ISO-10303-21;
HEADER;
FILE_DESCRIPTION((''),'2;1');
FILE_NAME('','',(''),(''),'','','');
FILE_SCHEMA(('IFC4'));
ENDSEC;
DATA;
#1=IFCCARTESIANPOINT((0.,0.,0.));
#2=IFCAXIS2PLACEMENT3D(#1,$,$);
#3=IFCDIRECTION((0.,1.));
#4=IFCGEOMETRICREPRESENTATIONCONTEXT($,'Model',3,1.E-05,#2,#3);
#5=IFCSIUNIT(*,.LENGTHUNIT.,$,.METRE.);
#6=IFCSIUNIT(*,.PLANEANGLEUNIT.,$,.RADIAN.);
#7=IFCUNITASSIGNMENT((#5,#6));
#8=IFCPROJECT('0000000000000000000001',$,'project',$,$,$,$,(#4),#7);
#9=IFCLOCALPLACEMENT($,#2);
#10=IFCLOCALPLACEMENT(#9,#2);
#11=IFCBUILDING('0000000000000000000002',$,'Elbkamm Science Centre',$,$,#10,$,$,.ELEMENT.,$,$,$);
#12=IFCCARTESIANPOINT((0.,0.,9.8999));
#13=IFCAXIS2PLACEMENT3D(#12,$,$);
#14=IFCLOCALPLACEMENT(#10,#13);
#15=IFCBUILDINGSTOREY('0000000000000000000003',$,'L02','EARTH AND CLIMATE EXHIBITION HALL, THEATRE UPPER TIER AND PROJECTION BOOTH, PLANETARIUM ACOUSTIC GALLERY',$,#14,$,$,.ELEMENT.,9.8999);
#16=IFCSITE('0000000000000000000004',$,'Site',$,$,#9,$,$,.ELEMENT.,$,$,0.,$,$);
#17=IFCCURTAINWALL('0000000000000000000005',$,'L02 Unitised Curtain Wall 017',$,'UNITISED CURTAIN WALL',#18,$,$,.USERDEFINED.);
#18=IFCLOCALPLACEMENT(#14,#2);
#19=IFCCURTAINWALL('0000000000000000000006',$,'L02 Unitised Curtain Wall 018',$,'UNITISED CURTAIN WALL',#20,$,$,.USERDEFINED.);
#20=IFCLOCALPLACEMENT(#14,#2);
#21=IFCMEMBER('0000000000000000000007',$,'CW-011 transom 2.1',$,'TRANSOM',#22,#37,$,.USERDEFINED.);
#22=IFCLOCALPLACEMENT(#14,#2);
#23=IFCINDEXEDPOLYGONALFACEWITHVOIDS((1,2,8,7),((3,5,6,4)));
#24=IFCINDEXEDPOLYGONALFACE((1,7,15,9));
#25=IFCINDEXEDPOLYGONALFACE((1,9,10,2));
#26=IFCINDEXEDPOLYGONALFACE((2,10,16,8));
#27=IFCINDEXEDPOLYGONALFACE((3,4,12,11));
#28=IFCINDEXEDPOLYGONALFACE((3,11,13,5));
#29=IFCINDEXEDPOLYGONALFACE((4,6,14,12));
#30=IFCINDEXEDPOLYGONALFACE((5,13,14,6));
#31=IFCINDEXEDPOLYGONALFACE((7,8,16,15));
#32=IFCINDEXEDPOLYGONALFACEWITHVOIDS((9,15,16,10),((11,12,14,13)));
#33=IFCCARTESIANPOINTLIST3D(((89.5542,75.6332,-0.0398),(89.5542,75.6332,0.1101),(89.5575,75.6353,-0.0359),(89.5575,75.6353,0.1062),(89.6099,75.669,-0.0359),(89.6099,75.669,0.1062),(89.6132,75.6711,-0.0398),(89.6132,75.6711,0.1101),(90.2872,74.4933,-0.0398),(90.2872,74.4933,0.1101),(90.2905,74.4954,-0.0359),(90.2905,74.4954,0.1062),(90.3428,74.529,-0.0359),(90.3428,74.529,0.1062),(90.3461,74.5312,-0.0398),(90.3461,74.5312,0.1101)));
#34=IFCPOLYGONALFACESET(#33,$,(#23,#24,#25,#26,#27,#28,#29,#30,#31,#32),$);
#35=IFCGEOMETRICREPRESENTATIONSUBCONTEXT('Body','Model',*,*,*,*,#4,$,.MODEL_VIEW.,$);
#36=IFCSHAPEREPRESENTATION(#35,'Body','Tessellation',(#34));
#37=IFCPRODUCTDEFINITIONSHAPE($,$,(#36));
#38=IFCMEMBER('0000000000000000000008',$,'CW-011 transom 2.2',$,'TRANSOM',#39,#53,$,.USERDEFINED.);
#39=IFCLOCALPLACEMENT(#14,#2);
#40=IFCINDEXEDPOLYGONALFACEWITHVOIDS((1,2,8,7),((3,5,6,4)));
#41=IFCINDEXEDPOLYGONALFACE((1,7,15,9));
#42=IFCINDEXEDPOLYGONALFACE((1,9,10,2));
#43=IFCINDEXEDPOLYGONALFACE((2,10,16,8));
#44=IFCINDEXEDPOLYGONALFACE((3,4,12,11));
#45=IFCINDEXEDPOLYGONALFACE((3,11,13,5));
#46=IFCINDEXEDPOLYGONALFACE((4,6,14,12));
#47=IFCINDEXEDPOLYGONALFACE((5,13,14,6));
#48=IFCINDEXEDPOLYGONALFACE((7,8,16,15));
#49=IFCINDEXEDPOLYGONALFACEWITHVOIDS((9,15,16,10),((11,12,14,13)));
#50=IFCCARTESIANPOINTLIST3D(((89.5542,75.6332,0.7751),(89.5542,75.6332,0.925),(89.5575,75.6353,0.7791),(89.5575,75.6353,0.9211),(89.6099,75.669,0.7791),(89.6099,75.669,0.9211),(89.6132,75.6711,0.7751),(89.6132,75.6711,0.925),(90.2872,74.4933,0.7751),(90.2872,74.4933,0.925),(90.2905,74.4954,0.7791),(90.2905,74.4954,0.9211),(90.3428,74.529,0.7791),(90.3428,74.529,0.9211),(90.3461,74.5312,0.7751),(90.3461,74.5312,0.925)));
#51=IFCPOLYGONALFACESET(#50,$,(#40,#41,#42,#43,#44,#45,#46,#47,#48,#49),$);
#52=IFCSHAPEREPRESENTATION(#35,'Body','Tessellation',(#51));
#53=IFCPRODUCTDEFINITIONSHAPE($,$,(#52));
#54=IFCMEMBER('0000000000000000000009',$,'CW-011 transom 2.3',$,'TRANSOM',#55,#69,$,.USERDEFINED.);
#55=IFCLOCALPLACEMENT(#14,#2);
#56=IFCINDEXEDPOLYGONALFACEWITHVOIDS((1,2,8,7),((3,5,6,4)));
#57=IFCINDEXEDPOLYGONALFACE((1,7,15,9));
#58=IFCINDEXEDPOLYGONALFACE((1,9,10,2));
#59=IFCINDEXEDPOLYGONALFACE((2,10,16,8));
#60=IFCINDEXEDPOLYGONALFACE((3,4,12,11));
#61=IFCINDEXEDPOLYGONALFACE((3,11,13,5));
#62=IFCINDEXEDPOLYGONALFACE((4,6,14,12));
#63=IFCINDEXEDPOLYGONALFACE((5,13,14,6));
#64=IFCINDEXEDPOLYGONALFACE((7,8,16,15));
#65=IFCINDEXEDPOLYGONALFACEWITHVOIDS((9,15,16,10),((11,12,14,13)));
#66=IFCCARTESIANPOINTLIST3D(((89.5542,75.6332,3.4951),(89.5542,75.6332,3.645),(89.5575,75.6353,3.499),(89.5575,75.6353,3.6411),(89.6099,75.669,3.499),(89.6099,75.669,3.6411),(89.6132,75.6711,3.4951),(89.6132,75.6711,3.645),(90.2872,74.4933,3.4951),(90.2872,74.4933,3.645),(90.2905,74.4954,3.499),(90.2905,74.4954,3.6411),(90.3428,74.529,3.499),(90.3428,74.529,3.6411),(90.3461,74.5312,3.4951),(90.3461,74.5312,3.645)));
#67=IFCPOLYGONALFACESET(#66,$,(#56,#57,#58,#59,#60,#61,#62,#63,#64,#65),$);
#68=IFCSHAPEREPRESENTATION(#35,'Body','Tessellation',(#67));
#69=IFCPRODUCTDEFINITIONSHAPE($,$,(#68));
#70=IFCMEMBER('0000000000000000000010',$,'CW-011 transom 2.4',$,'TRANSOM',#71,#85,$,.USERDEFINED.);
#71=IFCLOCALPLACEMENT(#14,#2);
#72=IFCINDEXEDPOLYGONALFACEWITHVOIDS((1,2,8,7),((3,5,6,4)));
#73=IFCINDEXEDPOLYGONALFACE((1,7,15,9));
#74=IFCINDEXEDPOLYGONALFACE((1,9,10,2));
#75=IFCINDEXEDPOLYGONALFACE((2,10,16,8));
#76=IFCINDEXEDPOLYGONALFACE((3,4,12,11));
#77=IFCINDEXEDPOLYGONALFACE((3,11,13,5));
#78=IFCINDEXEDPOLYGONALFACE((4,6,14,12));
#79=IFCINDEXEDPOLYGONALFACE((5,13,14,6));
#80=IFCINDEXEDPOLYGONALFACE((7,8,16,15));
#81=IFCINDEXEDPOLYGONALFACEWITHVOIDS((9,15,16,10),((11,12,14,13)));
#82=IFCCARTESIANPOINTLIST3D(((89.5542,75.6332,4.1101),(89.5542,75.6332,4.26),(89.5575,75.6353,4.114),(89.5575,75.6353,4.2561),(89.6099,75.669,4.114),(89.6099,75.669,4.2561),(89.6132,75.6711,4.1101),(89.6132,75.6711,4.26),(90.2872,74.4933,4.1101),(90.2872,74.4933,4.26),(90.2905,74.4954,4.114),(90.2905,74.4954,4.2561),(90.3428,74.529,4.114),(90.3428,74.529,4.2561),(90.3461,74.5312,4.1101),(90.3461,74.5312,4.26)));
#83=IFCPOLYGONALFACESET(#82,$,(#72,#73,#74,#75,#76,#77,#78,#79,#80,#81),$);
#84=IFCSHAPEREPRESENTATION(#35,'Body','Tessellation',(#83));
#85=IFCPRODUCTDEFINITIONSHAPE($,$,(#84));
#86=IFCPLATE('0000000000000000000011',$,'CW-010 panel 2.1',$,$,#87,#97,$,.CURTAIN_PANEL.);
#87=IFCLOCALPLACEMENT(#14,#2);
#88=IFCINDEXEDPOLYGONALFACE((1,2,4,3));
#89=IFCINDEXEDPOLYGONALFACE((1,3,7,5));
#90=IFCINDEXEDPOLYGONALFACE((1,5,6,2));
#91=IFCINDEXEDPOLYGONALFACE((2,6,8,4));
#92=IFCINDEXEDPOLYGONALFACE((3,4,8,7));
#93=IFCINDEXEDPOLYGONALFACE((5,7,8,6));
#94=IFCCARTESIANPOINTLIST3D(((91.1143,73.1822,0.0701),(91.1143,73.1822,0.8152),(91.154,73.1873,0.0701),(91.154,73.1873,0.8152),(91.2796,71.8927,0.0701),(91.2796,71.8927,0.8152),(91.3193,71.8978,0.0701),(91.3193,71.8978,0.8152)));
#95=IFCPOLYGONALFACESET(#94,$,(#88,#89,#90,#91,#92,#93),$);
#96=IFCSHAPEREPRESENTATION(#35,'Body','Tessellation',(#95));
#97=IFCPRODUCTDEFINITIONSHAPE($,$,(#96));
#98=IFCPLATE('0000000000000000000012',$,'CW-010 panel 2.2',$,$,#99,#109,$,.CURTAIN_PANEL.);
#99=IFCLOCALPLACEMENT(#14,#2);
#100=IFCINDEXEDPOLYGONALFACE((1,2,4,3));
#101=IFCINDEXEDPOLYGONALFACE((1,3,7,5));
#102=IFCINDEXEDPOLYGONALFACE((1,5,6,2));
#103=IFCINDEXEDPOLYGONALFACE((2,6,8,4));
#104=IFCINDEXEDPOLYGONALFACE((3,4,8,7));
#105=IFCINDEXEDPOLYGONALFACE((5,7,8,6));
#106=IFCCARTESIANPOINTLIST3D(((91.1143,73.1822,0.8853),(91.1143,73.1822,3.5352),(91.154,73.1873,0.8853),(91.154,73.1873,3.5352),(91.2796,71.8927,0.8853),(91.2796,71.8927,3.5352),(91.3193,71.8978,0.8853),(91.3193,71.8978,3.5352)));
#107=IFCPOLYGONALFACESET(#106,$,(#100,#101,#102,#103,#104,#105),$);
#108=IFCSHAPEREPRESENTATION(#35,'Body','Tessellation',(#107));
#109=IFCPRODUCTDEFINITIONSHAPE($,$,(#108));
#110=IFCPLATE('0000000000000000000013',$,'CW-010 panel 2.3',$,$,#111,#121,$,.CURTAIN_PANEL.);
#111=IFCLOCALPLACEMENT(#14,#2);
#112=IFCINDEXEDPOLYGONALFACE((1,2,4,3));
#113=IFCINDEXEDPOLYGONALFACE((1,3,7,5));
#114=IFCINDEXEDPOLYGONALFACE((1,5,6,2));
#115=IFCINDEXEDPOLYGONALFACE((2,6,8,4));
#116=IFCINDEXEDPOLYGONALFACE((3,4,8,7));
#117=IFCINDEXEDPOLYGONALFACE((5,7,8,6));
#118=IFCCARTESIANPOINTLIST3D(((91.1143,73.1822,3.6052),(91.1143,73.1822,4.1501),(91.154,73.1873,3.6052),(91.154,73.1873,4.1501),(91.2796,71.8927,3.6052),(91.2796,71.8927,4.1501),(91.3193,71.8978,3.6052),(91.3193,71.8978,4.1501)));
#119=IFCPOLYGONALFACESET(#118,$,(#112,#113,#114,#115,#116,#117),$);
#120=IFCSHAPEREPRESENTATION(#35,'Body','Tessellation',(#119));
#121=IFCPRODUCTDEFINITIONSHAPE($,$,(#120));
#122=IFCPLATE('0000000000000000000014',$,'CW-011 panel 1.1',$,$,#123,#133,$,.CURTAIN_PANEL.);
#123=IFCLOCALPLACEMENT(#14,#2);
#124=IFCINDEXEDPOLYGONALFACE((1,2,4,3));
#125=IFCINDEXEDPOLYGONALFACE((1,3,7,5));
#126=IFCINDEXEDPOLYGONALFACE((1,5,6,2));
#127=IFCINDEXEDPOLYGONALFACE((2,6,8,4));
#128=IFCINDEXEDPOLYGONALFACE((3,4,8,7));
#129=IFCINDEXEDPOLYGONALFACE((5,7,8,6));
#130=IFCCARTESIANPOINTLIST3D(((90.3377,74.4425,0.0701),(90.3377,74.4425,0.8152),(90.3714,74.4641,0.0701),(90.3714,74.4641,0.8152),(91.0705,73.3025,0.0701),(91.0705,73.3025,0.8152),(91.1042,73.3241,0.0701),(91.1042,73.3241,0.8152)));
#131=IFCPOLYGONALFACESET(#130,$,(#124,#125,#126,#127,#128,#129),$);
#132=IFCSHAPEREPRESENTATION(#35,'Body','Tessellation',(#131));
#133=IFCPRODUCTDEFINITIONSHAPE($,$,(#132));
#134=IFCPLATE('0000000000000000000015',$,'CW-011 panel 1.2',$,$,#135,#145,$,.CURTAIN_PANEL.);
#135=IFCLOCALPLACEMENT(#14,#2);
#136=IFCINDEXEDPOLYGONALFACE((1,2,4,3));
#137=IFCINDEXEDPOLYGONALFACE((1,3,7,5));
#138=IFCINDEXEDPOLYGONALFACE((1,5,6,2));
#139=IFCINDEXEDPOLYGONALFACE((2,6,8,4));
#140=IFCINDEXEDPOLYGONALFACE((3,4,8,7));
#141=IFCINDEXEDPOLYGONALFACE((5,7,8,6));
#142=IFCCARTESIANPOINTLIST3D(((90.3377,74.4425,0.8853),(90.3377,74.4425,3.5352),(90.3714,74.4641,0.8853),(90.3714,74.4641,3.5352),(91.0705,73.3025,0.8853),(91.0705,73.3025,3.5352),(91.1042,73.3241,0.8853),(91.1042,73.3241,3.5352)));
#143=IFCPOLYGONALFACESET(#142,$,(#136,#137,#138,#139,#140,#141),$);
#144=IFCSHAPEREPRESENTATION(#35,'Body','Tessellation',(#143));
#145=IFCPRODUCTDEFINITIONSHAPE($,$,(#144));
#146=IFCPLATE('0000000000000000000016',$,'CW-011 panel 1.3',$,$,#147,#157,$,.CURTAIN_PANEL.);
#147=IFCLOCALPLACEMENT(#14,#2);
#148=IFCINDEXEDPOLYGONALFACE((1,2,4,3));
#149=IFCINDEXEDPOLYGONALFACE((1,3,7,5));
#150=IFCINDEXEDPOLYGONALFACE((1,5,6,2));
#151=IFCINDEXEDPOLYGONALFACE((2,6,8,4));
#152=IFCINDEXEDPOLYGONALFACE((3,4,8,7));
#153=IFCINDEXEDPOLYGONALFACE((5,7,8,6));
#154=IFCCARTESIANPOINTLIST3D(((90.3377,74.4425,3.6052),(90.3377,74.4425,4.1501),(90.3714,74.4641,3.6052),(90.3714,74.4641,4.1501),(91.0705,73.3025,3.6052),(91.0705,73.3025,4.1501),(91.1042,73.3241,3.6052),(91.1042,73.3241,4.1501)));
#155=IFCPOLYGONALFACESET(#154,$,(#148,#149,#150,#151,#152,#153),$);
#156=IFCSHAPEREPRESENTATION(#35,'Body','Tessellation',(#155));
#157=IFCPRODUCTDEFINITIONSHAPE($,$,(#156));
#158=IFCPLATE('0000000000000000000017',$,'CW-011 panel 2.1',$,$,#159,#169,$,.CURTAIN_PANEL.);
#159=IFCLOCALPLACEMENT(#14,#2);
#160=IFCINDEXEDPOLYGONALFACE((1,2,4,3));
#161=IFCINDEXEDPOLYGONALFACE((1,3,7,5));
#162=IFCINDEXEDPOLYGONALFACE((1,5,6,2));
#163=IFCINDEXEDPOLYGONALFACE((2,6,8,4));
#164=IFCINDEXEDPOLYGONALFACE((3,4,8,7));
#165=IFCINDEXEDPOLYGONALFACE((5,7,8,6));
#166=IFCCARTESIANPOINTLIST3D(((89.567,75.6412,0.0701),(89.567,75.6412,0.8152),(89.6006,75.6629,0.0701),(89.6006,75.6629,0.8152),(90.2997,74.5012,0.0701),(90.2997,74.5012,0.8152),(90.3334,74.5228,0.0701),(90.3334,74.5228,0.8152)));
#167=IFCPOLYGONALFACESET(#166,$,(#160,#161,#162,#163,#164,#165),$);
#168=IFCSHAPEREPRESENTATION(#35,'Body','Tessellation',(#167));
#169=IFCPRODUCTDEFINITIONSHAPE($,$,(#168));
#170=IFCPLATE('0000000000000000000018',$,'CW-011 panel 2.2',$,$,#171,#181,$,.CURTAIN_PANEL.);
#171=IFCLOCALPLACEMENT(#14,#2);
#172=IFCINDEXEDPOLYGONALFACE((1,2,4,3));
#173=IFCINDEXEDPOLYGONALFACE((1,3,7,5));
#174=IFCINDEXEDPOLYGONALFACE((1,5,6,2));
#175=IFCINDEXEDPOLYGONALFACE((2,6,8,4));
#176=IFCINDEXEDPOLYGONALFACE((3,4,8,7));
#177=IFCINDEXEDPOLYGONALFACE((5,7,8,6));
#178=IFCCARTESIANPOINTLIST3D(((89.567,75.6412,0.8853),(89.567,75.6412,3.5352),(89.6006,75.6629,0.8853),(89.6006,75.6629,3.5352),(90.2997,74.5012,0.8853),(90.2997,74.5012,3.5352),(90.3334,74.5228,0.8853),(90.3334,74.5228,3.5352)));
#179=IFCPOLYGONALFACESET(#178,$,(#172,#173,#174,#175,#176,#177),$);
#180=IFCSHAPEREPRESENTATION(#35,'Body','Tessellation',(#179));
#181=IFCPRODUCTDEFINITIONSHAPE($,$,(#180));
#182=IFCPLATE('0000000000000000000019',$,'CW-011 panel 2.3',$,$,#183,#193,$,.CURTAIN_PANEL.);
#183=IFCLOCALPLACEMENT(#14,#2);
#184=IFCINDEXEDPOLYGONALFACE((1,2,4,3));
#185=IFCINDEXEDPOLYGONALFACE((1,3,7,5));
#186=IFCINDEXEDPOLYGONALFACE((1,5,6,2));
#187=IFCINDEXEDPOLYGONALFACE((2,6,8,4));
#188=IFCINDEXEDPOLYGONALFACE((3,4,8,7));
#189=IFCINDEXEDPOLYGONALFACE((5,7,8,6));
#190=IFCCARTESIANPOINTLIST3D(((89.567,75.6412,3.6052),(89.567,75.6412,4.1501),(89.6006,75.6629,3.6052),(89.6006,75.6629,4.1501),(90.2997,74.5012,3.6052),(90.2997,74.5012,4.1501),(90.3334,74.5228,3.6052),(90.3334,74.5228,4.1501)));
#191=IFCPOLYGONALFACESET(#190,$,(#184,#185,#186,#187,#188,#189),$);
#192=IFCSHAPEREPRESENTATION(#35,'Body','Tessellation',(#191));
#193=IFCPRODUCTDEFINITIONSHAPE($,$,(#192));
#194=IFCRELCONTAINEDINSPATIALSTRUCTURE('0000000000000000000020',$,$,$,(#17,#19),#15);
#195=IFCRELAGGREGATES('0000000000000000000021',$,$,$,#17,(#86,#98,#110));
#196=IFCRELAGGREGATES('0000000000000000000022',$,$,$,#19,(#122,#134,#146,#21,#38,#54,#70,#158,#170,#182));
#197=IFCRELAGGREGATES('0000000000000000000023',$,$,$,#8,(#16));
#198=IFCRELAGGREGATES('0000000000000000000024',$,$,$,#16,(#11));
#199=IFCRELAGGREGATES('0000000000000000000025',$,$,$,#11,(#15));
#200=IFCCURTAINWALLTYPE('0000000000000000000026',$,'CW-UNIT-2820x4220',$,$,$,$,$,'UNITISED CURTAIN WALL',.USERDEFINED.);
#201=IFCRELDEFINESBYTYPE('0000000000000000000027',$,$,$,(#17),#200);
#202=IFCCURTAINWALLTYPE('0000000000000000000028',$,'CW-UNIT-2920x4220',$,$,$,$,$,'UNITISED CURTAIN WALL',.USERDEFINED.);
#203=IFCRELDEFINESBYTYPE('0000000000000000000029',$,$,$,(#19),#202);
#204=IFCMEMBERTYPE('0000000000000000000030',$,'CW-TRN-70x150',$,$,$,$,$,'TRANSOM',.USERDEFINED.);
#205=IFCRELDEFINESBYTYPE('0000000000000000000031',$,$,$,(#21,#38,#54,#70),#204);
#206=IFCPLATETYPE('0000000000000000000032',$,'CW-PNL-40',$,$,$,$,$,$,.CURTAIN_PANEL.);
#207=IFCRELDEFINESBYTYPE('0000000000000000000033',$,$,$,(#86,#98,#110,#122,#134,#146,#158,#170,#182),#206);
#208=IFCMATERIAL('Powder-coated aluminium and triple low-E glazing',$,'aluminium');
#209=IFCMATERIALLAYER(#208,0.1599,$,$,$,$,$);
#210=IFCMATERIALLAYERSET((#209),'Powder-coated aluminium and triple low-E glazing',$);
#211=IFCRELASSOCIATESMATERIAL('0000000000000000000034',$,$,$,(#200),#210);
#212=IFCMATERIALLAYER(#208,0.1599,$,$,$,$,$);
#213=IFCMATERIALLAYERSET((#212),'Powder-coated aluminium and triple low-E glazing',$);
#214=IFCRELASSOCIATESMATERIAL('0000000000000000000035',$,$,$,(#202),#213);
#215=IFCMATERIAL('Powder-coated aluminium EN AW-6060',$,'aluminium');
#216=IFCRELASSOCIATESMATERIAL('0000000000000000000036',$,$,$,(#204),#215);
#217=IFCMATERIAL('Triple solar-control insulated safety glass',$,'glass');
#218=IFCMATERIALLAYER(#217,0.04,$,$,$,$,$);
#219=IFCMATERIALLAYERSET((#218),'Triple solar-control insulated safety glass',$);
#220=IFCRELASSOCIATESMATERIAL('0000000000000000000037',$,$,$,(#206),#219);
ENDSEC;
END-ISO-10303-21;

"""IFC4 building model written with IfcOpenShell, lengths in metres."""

from ifc_helpers import new_model, si_unit, direction, frame, origin, origin_2d, place, context, subcontext, project, spatial, rectangle, hollow_rectangle, extrude, material, layer, layer_set, material_profile, profile_set, type_object, element, aggregate, save


model = new_model("IFC4")

# Units and contexts
model_context = context("Model", 3, precision=1e-05, world=origin(), true_north=direction((0.0, 1.0)))
body_context = subcontext(model_context, "Body", "Model", "MODEL_VIEW")
ifc_project = project(units=[si_unit("LENGTHUNIT", "METRE"), si_unit("PLANEANGLEUNIT", "RADIAN")], contexts=[model_context])

# Site, building, storey
site_placement = place(None, origin())
site = spatial("IfcSite", under=ifc_project, at=site_placement, Name="Site", CompositionType="ELEMENT", RefElevation=0.0)
building_placement = place(site_placement, origin())
building = spatial("IfcBuilding", under=site, at=building_placement, Name="Elbkamm Science Centre", CompositionType="ELEMENT")
storey_placement = place(building_placement, frame((0.0, 0.0, 9.8999)))
storey = spatial("IfcBuildingStorey", under=building, at=storey_placement, Name="L02", Description="EARTH AND CLIMATE EXHIBITION HALL, THEATRE UPPER TIER AND PROJECTION BOOTH, PLANETARIUM ACOUSTIC GALLERY", CompositionType="ELEMENT", Elevation=9.8999)

# Curtain wall
ifc_material_1 = material(Name="Powder-coated aluminium and triple low-E glazing", Category="aluminium")
ifc_layer_1 = layer(ifc_material_1, 0.1599)
ifc_layer_set_1 = layer_set([ifc_layer_1], Name="Powder-coated aluminium and triple low-E glazing")
curtain_wall_type_1 = type_object("IfcCurtainWallType", Name="CW-UNIT-2820x4220", ElementType="UNITISED CURTAIN WALL", PredefinedType="USERDEFINED", material=ifc_layer_set_1)
curtain_wall_1_placement = place(storey_placement, origin())
curtain_wall_1 = element("IfcCurtainWall", 1, at=curtain_wall_1_placement, inside=storey, type_object=curtain_wall_type_1, Name="L02 Unitised Curtain Wall 017", ObjectType="UNITISED CURTAIN WALL", PredefinedType="USERDEFINED")
ifc_material_2 = material(Name="Powder-coated aluminium EN AW-6060", Category="aluminium")

# Curtain wall
ifc_layer_2 = layer(ifc_material_1, 0.1599)
ifc_layer_set_2 = layer_set([ifc_layer_2], Name="Powder-coated aluminium and triple low-E glazing")
curtain_wall_type_2 = type_object("IfcCurtainWallType", Name="CW-UNIT-2920x4220", ElementType="UNITISED CURTAIN WALL", PredefinedType="USERDEFINED", material=ifc_layer_set_2)
curtain_wall_2_placement = place(storey_placement, origin())
curtain_wall_2 = element("IfcCurtainWall", 2, at=curtain_wall_2_placement, inside=storey, type_object=curtain_wall_type_2, Name="L02 Unitised Curtain Wall 018", ObjectType="UNITISED CURTAIN WALL", PredefinedType="USERDEFINED")

# Members
ifc_material_profile_1 = material_profile(ifc_material_2, hollow_rectangle(XDim=0.0701, YDim=0.1499, WallThickness=0.0039, at=origin_2d()), Name="ALU T70x150")
ifc_profile_set_1 = profile_set([ifc_material_profile_1], Name="Powder-coated aluminium EN AW-6060")
member_type_1 = type_object("IfcMemberType", Name="CW-TRN-70x150", ElementType="TRANSOM", PredefinedType="USERDEFINED", material=ifc_profile_set_1)
member_1_placement = place(storey_placement, frame((90.3167, 74.5122, 0.0352), z_axis=(-0.540821, 0.841137, 0.0), x_axis=(-0.841137, -0.540821, 0.0)))
member_1 = element("IfcMember", 3, at=member_1_placement, type_object=member_type_1, Name="CW-011 transom 2.1", ObjectType="TRANSOM", PredefinedType="USERDEFINED", context=body_context, shape_type="SweptSolid", body=[
    extrude(hollow_rectangle(XDim=0.0701, YDim=0.1499, WallThickness=0.0039, at=origin_2d()), origin(), (0.0, 0.0, 1.0), 1.3552),
])
member_2_placement = place(storey_placement, frame((90.3167, 74.5122, 0.8501), z_axis=(-0.540821, 0.841137, 0.0), x_axis=(-0.841137, -0.540821, 0.0)))
member_2 = element("IfcMember", 4, at=member_2_placement, type_object=member_type_1, Name="CW-011 transom 2.2", ObjectType="TRANSOM", PredefinedType="USERDEFINED", context=body_context, shape_type="SweptSolid", body=[
    extrude(hollow_rectangle(XDim=0.0701, YDim=0.1499, WallThickness=0.0039, at=origin_2d()), origin(), (0.0, 0.0, 1.0), 1.3552),
])
member_3_placement = place(storey_placement, frame((90.3167, 74.5122, 3.5701), z_axis=(-0.540821, 0.841137, 0.0), x_axis=(-0.841137, -0.540821, 0.0)))
member_3 = element("IfcMember", 5, at=member_3_placement, type_object=member_type_1, Name="CW-011 transom 2.3", ObjectType="TRANSOM", PredefinedType="USERDEFINED", context=body_context, shape_type="SweptSolid", body=[
    extrude(hollow_rectangle(XDim=0.0701, YDim=0.1499, WallThickness=0.0039, at=origin_2d()), origin(), (0.0, 0.0, 1.0), 1.3552),
])
member_4_placement = place(storey_placement, frame((90.3167, 74.5122, 4.1851), z_axis=(-0.540821, 0.841137, 0.0), x_axis=(-0.841137, -0.540821, 0.0)))
member_4 = element("IfcMember", 6, at=member_4_placement, type_object=member_type_1, Name="CW-011 transom 2.4", ObjectType="TRANSOM", PredefinedType="USERDEFINED", context=body_context, shape_type="SweptSolid", body=[
    extrude(hollow_rectangle(XDim=0.0701, YDim=0.1499, WallThickness=0.0039, at=origin_2d()), origin(), (0.0, 0.0, 1.0), 1.3552),
])

# Plates
ifc_material_3 = material(Name="Triple solar-control insulated safety glass", Category="glass")
ifc_layer_3 = layer(ifc_material_3, 0.04)
ifc_layer_set_3 = layer_set([ifc_layer_3], Name="Triple solar-control insulated safety glass")
plate_type = type_object("IfcPlateType", Name="CW-PNL-40", PredefinedType="CURTAIN_PANEL", material=ifc_layer_set_3)
plate_1_placement = place(storey_placement, frame((91.2168, 72.54, 0.0701), z_axis=(0.0, 0.0, 1.0), x_axis=(-0.127174, 0.99188, 0.0)))
plate_1 = element("IfcPlate", 7, at=plate_1_placement, type_object=plate_type, Name="CW-010 panel 2.1", PredefinedType="CURTAIN_PANEL", context=body_context, shape_type="SweptSolid", body=[
    extrude(rectangle(XDim=1.3, YDim=0.04, at=origin_2d()), origin(), (0.0, 0.0, 1.0), 0.7451),
])
plate_2_placement = place(storey_placement, frame((91.2168, 72.54, 0.8853), z_axis=(0.0, 0.0, 1.0), x_axis=(-0.127174, 0.99188, 0.0)))
plate_2 = element("IfcPlate", 8, at=plate_2_placement, type_object=plate_type, Name="CW-010 panel 2.2", PredefinedType="CURTAIN_PANEL", context=body_context, shape_type="SweptSolid", body=[
    extrude(rectangle(XDim=1.3, YDim=0.04, at=origin_2d()), origin(), (0.0, 0.0, 1.0), 2.6499),
])
plate_3_placement = place(storey_placement, frame((91.2168, 72.54, 3.6052), z_axis=(0.0, 0.0, 1.0), x_axis=(-0.127174, 0.99188, 0.0)))
plate_3 = element("IfcPlate", 9, at=plate_3_placement, type_object=plate_type, Name="CW-010 panel 2.3", PredefinedType="CURTAIN_PANEL", context=body_context, shape_type="SweptSolid", body=[
    extrude(rectangle(XDim=1.3, YDim=0.04, at=origin_2d()), origin(), (0.0, 0.0, 1.0), 0.5449),
])
aggregate(curtain_wall_1, [plate_1, plate_2, plate_3])
plate_4_placement = place(storey_placement, frame((90.7209, 73.8833, 0.0701), z_axis=(0.0, 0.0, 1.0), x_axis=(-0.540707, 0.841211, 0.0)))
plate_4 = element("IfcPlate", 10, at=plate_4_placement, type_object=plate_type, Name="CW-011 panel 1.1", PredefinedType="CURTAIN_PANEL", context=body_context, shape_type="SweptSolid", body=[
    extrude(rectangle(XDim=1.3552, YDim=0.04, at=origin_2d()), origin(), (0.0, 0.0, 1.0), 0.7451),
])
plate_5_placement = place(storey_placement, frame((90.7209, 73.8833, 0.8853), z_axis=(0.0, 0.0, 1.0), x_axis=(-0.540707, 0.841211, 0.0)))
plate_5 = element("IfcPlate", 11, at=plate_5_placement, type_object=plate_type, Name="CW-011 panel 1.2", PredefinedType="CURTAIN_PANEL", context=body_context, shape_type="SweptSolid", body=[
    extrude(rectangle(XDim=1.3552, YDim=0.04, at=origin_2d()), origin(), (0.0, 0.0, 1.0), 2.6499),
])
plate_6_placement = place(storey_placement, frame((90.7209, 73.8833, 3.6052), z_axis=(0.0, 0.0, 1.0), x_axis=(-0.540707, 0.841211, 0.0)))
plate_6 = element("IfcPlate", 12, at=plate_6_placement, type_object=plate_type, Name="CW-011 panel 1.3", PredefinedType="CURTAIN_PANEL", context=body_context, shape_type="SweptSolid", body=[
    extrude(rectangle(XDim=1.3552, YDim=0.04, at=origin_2d()), origin(), (0.0, 0.0, 1.0), 0.5449),
])
plate_7_placement = place(storey_placement, frame((89.9502, 75.082, 0.0701), z_axis=(0.0, 0.0, 1.0), x_axis=(-0.540707, 0.841211, 0.0)))
plate_7 = element("IfcPlate", 13, at=plate_7_placement, type_object=plate_type, Name="CW-011 panel 2.1", PredefinedType="CURTAIN_PANEL", context=body_context, shape_type="SweptSolid", body=[
    extrude(rectangle(XDim=1.3552, YDim=0.04, at=origin_2d()), origin(), (0.0, 0.0, 1.0), 0.7451),
])
plate_8_placement = place(storey_placement, frame((89.9502, 75.082, 0.8853), z_axis=(0.0, 0.0, 1.0), x_axis=(-0.540707, 0.841211, 0.0)))
plate_8 = element("IfcPlate", 14, at=plate_8_placement, type_object=plate_type, Name="CW-011 panel 2.2", PredefinedType="CURTAIN_PANEL", context=body_context, shape_type="SweptSolid", body=[
    extrude(rectangle(XDim=1.3552, YDim=0.04, at=origin_2d()), origin(), (0.0, 0.0, 1.0), 2.6499),
])
plate_9_placement = place(storey_placement, frame((89.9502, 75.082, 3.6052), z_axis=(0.0, 0.0, 1.0), x_axis=(-0.540707, 0.841211, 0.0)))
plate_9 = element("IfcPlate", 15, at=plate_9_placement, type_object=plate_type, Name="CW-011 panel 2.3", PredefinedType="CURTAIN_PANEL", context=body_context, shape_type="SweptSolid", body=[
    extrude(rectangle(XDim=1.3552, YDim=0.04, at=origin_2d()), origin(), (0.0, 0.0, 1.0), 0.5449),
])
aggregate(curtain_wall_2, [plate_4, plate_5, plate_6, member_1, member_2, member_3, member_4, plate_7, plate_8, plate_9])

save(model, "model.ifc")
